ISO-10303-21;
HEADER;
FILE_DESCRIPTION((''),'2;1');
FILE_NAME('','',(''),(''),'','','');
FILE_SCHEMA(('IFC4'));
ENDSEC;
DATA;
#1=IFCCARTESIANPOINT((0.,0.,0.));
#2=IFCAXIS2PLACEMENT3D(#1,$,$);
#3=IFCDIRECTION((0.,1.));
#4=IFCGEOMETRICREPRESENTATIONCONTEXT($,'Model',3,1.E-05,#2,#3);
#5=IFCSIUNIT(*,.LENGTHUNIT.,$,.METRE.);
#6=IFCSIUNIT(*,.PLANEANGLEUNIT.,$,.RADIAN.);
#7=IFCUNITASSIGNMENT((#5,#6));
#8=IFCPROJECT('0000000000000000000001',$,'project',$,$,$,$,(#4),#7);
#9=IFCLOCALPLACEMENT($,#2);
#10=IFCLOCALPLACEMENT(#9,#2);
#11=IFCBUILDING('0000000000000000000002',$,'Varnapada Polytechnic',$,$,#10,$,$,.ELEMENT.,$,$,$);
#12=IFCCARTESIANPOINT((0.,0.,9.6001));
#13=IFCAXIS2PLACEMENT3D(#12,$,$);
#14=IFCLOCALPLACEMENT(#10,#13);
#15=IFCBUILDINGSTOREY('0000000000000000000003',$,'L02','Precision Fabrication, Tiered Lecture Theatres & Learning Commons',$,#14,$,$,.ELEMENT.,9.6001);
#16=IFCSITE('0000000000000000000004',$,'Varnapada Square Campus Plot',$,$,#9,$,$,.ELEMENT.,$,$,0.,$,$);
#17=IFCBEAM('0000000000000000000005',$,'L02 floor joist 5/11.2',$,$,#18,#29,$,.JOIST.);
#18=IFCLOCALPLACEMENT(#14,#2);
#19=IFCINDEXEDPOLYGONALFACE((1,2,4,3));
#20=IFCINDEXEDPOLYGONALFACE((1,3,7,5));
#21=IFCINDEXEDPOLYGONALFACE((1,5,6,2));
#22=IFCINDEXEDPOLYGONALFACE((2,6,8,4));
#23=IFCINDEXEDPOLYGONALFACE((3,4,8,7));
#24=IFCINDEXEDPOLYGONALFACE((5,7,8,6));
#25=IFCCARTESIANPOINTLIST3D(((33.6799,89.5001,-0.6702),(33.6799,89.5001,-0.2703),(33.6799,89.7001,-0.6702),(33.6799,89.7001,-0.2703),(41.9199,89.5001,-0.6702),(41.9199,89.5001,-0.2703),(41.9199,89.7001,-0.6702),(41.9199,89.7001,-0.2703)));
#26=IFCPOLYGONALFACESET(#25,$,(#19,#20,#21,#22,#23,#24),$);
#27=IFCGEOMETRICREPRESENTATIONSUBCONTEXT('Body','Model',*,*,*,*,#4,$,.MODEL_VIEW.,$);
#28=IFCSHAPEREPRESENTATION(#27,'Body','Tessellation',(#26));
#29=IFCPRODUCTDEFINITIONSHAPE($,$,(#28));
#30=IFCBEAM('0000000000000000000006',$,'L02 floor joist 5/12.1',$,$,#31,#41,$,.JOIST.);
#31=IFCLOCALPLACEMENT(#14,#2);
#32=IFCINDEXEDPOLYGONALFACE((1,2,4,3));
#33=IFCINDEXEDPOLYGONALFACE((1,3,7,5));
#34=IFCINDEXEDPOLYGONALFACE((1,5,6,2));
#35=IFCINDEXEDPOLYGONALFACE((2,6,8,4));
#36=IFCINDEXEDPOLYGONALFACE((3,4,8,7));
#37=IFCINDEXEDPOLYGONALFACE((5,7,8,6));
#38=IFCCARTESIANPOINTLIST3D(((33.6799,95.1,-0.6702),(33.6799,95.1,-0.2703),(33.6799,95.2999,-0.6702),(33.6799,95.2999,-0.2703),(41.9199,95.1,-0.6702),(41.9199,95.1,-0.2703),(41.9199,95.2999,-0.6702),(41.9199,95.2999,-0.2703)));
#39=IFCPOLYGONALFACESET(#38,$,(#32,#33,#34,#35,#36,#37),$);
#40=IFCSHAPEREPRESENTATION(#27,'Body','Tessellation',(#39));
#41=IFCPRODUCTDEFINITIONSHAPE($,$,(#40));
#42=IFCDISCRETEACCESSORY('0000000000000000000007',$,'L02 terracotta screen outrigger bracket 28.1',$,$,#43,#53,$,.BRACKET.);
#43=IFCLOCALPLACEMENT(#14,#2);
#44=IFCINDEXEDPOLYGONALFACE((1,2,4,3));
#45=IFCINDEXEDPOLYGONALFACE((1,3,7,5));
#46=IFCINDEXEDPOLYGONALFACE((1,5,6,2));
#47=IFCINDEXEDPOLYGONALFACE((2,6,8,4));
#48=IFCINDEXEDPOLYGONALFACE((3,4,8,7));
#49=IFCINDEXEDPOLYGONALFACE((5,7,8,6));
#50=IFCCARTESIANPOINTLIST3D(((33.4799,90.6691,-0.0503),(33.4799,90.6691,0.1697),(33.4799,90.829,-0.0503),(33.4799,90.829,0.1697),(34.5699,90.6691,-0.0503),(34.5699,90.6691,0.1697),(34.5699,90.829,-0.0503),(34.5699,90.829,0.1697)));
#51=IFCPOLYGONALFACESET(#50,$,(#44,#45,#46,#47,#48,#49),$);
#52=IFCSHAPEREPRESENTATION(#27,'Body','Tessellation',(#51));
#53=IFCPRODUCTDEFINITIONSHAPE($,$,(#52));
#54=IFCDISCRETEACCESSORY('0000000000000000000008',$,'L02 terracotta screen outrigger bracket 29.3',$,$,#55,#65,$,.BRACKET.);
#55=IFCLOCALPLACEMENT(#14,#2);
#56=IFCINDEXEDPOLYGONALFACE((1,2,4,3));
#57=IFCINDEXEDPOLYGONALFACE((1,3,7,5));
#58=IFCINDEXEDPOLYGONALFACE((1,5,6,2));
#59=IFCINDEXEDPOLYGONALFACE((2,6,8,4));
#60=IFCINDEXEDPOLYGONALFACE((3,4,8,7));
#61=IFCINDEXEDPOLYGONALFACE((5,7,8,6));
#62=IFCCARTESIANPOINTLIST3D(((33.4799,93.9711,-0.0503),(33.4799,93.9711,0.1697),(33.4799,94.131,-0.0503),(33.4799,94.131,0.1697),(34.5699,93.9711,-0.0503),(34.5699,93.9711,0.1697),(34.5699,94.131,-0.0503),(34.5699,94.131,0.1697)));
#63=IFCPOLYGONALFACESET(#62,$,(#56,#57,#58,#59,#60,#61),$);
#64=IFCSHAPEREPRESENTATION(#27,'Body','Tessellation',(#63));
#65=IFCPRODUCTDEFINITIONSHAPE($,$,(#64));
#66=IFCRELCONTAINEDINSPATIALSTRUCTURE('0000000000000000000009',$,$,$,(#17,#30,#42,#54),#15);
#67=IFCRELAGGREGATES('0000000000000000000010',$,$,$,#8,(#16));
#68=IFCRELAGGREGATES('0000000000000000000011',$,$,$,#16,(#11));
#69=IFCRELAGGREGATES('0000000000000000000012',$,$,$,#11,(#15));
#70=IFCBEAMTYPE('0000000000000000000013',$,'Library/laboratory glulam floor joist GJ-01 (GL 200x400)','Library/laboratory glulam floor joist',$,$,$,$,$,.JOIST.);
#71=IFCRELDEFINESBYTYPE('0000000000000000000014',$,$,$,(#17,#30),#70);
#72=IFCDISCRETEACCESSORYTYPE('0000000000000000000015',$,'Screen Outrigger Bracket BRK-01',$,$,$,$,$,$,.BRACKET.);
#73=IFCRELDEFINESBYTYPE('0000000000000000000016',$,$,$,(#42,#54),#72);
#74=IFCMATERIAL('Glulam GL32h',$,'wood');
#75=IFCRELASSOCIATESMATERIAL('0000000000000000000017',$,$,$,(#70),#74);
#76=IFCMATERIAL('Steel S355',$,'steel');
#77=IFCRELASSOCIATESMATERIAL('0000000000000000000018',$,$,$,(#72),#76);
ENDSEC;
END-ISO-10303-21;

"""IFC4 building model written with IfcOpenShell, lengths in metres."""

from ifc_helpers import new_model, si_unit, direction, frame, origin, origin_2d, place, context, subcontext, project, spatial, rectangle, extrude, material, material_profile, profile_set, type_object, element, save


model = new_model("IFC4")

# Units and contexts
model_context = context("Model", 3, precision=1e-05, world=origin(), true_north=direction((0.0, 1.0)))
body_context = subcontext(model_context, "Body", "Model", "MODEL_VIEW")
ifc_project = project(units=[si_unit("LENGTHUNIT", "METRE"), si_unit("PLANEANGLEUNIT", "RADIAN")], contexts=[model_context])

# Site, building, storey
site_placement = place(None, origin())
site = spatial("IfcSite", under=ifc_project, at=site_placement, Name="Varnapada Square Campus Plot", CompositionType="ELEMENT", RefElevation=0.0)
building_placement = place(site_placement, origin())
building = spatial("IfcBuilding", under=site, at=building_placement, Name="Varnapada Polytechnic", CompositionType="ELEMENT")
storey_placement = place(building_placement, frame((0.0, 0.0, 9.6001)))
storey = spatial("IfcBuildingStorey", under=building, at=storey_placement, Name="L02", Description="Precision Fabrication, Tiered Lecture Theatres & Learning Commons", CompositionType="ELEMENT", Elevation=9.6001)

# Beams
ifc_material_1 = material(Name="Glulam GL32h", Category="wood")
ifc_material_profile = material_profile(ifc_material_1, rectangle(XDim=0.2, YDim=0.3999, at=origin_2d()), Name="GL 200x400")
ifc_profile_set = profile_set([ifc_material_profile], Name="Glulam GL32h")
beam_type = type_object("IfcBeamType", Name="Library/laboratory glulam floor joist GJ-01 (GL 200x400)", Description="Library/laboratory glulam floor joist", PredefinedType="JOIST", material=ifc_profile_set)
for number, where, z_axis, x_axis, name in (
    (1, (33.6799, 89.6001, -0.4702), (1.0, 0.0, 0.0), (0.0, 1.0, 0.0), "L02 floor joist 5/11.2"),
    (2, (33.6799, 95.2, -0.4702), (1.0, 0.0, 0.0), (0.0, 1.0, 0.0), "L02 floor joist 5/12.1"),
):
    element("IfcBeam", number, at=place(storey_placement, frame(where, z_axis=z_axis, x_axis=x_axis)), inside=storey, type_object=beam_type, Name=name, PredefinedType="JOIST", context=body_context, shape_type="SweptSolid", body=[
        extrude(rectangle(XDim=0.2, YDim=0.3999, at=origin_2d()), origin(), (0.0, 0.0, 1.0), 8.24),
    ])

# Discrete accessories
ifc_material_2 = material(Name="Steel S355", Category="steel")
discrete_accessory_type = type_object("IfcDiscreteAccessoryType", Name="Screen Outrigger Bracket BRK-01", PredefinedType="BRACKET", material=ifc_material_2)
for number, where, z_axis, x_axis, name in (
    (3, (34.0249, 90.749, -0.0503), (0.0, 0.0, 1.0), (0.0, -1.0, 0.0), "L02 terracotta screen outrigger bracket 28.1"),
    (4, (34.0249, 94.051, -0.0503), (0.0, 0.0, 1.0), (0.0, -1.0, 0.0), "L02 terracotta screen outrigger bracket 29.3"),
):
    element("IfcDiscreteAccessory", number, at=place(storey_placement, frame(where, z_axis=z_axis, x_axis=x_axis)), inside=storey, type_object=discrete_accessory_type, Name=name, PredefinedType="BRACKET", context=body_context, shape_type="SweptSolid", body=[
        extrude(rectangle(XDim=0.1599, YDim=1.0901, at=origin_2d()), origin(), (0.0, 0.0, 1.0), 0.22),
    ])

save(model, "model.ifc")
